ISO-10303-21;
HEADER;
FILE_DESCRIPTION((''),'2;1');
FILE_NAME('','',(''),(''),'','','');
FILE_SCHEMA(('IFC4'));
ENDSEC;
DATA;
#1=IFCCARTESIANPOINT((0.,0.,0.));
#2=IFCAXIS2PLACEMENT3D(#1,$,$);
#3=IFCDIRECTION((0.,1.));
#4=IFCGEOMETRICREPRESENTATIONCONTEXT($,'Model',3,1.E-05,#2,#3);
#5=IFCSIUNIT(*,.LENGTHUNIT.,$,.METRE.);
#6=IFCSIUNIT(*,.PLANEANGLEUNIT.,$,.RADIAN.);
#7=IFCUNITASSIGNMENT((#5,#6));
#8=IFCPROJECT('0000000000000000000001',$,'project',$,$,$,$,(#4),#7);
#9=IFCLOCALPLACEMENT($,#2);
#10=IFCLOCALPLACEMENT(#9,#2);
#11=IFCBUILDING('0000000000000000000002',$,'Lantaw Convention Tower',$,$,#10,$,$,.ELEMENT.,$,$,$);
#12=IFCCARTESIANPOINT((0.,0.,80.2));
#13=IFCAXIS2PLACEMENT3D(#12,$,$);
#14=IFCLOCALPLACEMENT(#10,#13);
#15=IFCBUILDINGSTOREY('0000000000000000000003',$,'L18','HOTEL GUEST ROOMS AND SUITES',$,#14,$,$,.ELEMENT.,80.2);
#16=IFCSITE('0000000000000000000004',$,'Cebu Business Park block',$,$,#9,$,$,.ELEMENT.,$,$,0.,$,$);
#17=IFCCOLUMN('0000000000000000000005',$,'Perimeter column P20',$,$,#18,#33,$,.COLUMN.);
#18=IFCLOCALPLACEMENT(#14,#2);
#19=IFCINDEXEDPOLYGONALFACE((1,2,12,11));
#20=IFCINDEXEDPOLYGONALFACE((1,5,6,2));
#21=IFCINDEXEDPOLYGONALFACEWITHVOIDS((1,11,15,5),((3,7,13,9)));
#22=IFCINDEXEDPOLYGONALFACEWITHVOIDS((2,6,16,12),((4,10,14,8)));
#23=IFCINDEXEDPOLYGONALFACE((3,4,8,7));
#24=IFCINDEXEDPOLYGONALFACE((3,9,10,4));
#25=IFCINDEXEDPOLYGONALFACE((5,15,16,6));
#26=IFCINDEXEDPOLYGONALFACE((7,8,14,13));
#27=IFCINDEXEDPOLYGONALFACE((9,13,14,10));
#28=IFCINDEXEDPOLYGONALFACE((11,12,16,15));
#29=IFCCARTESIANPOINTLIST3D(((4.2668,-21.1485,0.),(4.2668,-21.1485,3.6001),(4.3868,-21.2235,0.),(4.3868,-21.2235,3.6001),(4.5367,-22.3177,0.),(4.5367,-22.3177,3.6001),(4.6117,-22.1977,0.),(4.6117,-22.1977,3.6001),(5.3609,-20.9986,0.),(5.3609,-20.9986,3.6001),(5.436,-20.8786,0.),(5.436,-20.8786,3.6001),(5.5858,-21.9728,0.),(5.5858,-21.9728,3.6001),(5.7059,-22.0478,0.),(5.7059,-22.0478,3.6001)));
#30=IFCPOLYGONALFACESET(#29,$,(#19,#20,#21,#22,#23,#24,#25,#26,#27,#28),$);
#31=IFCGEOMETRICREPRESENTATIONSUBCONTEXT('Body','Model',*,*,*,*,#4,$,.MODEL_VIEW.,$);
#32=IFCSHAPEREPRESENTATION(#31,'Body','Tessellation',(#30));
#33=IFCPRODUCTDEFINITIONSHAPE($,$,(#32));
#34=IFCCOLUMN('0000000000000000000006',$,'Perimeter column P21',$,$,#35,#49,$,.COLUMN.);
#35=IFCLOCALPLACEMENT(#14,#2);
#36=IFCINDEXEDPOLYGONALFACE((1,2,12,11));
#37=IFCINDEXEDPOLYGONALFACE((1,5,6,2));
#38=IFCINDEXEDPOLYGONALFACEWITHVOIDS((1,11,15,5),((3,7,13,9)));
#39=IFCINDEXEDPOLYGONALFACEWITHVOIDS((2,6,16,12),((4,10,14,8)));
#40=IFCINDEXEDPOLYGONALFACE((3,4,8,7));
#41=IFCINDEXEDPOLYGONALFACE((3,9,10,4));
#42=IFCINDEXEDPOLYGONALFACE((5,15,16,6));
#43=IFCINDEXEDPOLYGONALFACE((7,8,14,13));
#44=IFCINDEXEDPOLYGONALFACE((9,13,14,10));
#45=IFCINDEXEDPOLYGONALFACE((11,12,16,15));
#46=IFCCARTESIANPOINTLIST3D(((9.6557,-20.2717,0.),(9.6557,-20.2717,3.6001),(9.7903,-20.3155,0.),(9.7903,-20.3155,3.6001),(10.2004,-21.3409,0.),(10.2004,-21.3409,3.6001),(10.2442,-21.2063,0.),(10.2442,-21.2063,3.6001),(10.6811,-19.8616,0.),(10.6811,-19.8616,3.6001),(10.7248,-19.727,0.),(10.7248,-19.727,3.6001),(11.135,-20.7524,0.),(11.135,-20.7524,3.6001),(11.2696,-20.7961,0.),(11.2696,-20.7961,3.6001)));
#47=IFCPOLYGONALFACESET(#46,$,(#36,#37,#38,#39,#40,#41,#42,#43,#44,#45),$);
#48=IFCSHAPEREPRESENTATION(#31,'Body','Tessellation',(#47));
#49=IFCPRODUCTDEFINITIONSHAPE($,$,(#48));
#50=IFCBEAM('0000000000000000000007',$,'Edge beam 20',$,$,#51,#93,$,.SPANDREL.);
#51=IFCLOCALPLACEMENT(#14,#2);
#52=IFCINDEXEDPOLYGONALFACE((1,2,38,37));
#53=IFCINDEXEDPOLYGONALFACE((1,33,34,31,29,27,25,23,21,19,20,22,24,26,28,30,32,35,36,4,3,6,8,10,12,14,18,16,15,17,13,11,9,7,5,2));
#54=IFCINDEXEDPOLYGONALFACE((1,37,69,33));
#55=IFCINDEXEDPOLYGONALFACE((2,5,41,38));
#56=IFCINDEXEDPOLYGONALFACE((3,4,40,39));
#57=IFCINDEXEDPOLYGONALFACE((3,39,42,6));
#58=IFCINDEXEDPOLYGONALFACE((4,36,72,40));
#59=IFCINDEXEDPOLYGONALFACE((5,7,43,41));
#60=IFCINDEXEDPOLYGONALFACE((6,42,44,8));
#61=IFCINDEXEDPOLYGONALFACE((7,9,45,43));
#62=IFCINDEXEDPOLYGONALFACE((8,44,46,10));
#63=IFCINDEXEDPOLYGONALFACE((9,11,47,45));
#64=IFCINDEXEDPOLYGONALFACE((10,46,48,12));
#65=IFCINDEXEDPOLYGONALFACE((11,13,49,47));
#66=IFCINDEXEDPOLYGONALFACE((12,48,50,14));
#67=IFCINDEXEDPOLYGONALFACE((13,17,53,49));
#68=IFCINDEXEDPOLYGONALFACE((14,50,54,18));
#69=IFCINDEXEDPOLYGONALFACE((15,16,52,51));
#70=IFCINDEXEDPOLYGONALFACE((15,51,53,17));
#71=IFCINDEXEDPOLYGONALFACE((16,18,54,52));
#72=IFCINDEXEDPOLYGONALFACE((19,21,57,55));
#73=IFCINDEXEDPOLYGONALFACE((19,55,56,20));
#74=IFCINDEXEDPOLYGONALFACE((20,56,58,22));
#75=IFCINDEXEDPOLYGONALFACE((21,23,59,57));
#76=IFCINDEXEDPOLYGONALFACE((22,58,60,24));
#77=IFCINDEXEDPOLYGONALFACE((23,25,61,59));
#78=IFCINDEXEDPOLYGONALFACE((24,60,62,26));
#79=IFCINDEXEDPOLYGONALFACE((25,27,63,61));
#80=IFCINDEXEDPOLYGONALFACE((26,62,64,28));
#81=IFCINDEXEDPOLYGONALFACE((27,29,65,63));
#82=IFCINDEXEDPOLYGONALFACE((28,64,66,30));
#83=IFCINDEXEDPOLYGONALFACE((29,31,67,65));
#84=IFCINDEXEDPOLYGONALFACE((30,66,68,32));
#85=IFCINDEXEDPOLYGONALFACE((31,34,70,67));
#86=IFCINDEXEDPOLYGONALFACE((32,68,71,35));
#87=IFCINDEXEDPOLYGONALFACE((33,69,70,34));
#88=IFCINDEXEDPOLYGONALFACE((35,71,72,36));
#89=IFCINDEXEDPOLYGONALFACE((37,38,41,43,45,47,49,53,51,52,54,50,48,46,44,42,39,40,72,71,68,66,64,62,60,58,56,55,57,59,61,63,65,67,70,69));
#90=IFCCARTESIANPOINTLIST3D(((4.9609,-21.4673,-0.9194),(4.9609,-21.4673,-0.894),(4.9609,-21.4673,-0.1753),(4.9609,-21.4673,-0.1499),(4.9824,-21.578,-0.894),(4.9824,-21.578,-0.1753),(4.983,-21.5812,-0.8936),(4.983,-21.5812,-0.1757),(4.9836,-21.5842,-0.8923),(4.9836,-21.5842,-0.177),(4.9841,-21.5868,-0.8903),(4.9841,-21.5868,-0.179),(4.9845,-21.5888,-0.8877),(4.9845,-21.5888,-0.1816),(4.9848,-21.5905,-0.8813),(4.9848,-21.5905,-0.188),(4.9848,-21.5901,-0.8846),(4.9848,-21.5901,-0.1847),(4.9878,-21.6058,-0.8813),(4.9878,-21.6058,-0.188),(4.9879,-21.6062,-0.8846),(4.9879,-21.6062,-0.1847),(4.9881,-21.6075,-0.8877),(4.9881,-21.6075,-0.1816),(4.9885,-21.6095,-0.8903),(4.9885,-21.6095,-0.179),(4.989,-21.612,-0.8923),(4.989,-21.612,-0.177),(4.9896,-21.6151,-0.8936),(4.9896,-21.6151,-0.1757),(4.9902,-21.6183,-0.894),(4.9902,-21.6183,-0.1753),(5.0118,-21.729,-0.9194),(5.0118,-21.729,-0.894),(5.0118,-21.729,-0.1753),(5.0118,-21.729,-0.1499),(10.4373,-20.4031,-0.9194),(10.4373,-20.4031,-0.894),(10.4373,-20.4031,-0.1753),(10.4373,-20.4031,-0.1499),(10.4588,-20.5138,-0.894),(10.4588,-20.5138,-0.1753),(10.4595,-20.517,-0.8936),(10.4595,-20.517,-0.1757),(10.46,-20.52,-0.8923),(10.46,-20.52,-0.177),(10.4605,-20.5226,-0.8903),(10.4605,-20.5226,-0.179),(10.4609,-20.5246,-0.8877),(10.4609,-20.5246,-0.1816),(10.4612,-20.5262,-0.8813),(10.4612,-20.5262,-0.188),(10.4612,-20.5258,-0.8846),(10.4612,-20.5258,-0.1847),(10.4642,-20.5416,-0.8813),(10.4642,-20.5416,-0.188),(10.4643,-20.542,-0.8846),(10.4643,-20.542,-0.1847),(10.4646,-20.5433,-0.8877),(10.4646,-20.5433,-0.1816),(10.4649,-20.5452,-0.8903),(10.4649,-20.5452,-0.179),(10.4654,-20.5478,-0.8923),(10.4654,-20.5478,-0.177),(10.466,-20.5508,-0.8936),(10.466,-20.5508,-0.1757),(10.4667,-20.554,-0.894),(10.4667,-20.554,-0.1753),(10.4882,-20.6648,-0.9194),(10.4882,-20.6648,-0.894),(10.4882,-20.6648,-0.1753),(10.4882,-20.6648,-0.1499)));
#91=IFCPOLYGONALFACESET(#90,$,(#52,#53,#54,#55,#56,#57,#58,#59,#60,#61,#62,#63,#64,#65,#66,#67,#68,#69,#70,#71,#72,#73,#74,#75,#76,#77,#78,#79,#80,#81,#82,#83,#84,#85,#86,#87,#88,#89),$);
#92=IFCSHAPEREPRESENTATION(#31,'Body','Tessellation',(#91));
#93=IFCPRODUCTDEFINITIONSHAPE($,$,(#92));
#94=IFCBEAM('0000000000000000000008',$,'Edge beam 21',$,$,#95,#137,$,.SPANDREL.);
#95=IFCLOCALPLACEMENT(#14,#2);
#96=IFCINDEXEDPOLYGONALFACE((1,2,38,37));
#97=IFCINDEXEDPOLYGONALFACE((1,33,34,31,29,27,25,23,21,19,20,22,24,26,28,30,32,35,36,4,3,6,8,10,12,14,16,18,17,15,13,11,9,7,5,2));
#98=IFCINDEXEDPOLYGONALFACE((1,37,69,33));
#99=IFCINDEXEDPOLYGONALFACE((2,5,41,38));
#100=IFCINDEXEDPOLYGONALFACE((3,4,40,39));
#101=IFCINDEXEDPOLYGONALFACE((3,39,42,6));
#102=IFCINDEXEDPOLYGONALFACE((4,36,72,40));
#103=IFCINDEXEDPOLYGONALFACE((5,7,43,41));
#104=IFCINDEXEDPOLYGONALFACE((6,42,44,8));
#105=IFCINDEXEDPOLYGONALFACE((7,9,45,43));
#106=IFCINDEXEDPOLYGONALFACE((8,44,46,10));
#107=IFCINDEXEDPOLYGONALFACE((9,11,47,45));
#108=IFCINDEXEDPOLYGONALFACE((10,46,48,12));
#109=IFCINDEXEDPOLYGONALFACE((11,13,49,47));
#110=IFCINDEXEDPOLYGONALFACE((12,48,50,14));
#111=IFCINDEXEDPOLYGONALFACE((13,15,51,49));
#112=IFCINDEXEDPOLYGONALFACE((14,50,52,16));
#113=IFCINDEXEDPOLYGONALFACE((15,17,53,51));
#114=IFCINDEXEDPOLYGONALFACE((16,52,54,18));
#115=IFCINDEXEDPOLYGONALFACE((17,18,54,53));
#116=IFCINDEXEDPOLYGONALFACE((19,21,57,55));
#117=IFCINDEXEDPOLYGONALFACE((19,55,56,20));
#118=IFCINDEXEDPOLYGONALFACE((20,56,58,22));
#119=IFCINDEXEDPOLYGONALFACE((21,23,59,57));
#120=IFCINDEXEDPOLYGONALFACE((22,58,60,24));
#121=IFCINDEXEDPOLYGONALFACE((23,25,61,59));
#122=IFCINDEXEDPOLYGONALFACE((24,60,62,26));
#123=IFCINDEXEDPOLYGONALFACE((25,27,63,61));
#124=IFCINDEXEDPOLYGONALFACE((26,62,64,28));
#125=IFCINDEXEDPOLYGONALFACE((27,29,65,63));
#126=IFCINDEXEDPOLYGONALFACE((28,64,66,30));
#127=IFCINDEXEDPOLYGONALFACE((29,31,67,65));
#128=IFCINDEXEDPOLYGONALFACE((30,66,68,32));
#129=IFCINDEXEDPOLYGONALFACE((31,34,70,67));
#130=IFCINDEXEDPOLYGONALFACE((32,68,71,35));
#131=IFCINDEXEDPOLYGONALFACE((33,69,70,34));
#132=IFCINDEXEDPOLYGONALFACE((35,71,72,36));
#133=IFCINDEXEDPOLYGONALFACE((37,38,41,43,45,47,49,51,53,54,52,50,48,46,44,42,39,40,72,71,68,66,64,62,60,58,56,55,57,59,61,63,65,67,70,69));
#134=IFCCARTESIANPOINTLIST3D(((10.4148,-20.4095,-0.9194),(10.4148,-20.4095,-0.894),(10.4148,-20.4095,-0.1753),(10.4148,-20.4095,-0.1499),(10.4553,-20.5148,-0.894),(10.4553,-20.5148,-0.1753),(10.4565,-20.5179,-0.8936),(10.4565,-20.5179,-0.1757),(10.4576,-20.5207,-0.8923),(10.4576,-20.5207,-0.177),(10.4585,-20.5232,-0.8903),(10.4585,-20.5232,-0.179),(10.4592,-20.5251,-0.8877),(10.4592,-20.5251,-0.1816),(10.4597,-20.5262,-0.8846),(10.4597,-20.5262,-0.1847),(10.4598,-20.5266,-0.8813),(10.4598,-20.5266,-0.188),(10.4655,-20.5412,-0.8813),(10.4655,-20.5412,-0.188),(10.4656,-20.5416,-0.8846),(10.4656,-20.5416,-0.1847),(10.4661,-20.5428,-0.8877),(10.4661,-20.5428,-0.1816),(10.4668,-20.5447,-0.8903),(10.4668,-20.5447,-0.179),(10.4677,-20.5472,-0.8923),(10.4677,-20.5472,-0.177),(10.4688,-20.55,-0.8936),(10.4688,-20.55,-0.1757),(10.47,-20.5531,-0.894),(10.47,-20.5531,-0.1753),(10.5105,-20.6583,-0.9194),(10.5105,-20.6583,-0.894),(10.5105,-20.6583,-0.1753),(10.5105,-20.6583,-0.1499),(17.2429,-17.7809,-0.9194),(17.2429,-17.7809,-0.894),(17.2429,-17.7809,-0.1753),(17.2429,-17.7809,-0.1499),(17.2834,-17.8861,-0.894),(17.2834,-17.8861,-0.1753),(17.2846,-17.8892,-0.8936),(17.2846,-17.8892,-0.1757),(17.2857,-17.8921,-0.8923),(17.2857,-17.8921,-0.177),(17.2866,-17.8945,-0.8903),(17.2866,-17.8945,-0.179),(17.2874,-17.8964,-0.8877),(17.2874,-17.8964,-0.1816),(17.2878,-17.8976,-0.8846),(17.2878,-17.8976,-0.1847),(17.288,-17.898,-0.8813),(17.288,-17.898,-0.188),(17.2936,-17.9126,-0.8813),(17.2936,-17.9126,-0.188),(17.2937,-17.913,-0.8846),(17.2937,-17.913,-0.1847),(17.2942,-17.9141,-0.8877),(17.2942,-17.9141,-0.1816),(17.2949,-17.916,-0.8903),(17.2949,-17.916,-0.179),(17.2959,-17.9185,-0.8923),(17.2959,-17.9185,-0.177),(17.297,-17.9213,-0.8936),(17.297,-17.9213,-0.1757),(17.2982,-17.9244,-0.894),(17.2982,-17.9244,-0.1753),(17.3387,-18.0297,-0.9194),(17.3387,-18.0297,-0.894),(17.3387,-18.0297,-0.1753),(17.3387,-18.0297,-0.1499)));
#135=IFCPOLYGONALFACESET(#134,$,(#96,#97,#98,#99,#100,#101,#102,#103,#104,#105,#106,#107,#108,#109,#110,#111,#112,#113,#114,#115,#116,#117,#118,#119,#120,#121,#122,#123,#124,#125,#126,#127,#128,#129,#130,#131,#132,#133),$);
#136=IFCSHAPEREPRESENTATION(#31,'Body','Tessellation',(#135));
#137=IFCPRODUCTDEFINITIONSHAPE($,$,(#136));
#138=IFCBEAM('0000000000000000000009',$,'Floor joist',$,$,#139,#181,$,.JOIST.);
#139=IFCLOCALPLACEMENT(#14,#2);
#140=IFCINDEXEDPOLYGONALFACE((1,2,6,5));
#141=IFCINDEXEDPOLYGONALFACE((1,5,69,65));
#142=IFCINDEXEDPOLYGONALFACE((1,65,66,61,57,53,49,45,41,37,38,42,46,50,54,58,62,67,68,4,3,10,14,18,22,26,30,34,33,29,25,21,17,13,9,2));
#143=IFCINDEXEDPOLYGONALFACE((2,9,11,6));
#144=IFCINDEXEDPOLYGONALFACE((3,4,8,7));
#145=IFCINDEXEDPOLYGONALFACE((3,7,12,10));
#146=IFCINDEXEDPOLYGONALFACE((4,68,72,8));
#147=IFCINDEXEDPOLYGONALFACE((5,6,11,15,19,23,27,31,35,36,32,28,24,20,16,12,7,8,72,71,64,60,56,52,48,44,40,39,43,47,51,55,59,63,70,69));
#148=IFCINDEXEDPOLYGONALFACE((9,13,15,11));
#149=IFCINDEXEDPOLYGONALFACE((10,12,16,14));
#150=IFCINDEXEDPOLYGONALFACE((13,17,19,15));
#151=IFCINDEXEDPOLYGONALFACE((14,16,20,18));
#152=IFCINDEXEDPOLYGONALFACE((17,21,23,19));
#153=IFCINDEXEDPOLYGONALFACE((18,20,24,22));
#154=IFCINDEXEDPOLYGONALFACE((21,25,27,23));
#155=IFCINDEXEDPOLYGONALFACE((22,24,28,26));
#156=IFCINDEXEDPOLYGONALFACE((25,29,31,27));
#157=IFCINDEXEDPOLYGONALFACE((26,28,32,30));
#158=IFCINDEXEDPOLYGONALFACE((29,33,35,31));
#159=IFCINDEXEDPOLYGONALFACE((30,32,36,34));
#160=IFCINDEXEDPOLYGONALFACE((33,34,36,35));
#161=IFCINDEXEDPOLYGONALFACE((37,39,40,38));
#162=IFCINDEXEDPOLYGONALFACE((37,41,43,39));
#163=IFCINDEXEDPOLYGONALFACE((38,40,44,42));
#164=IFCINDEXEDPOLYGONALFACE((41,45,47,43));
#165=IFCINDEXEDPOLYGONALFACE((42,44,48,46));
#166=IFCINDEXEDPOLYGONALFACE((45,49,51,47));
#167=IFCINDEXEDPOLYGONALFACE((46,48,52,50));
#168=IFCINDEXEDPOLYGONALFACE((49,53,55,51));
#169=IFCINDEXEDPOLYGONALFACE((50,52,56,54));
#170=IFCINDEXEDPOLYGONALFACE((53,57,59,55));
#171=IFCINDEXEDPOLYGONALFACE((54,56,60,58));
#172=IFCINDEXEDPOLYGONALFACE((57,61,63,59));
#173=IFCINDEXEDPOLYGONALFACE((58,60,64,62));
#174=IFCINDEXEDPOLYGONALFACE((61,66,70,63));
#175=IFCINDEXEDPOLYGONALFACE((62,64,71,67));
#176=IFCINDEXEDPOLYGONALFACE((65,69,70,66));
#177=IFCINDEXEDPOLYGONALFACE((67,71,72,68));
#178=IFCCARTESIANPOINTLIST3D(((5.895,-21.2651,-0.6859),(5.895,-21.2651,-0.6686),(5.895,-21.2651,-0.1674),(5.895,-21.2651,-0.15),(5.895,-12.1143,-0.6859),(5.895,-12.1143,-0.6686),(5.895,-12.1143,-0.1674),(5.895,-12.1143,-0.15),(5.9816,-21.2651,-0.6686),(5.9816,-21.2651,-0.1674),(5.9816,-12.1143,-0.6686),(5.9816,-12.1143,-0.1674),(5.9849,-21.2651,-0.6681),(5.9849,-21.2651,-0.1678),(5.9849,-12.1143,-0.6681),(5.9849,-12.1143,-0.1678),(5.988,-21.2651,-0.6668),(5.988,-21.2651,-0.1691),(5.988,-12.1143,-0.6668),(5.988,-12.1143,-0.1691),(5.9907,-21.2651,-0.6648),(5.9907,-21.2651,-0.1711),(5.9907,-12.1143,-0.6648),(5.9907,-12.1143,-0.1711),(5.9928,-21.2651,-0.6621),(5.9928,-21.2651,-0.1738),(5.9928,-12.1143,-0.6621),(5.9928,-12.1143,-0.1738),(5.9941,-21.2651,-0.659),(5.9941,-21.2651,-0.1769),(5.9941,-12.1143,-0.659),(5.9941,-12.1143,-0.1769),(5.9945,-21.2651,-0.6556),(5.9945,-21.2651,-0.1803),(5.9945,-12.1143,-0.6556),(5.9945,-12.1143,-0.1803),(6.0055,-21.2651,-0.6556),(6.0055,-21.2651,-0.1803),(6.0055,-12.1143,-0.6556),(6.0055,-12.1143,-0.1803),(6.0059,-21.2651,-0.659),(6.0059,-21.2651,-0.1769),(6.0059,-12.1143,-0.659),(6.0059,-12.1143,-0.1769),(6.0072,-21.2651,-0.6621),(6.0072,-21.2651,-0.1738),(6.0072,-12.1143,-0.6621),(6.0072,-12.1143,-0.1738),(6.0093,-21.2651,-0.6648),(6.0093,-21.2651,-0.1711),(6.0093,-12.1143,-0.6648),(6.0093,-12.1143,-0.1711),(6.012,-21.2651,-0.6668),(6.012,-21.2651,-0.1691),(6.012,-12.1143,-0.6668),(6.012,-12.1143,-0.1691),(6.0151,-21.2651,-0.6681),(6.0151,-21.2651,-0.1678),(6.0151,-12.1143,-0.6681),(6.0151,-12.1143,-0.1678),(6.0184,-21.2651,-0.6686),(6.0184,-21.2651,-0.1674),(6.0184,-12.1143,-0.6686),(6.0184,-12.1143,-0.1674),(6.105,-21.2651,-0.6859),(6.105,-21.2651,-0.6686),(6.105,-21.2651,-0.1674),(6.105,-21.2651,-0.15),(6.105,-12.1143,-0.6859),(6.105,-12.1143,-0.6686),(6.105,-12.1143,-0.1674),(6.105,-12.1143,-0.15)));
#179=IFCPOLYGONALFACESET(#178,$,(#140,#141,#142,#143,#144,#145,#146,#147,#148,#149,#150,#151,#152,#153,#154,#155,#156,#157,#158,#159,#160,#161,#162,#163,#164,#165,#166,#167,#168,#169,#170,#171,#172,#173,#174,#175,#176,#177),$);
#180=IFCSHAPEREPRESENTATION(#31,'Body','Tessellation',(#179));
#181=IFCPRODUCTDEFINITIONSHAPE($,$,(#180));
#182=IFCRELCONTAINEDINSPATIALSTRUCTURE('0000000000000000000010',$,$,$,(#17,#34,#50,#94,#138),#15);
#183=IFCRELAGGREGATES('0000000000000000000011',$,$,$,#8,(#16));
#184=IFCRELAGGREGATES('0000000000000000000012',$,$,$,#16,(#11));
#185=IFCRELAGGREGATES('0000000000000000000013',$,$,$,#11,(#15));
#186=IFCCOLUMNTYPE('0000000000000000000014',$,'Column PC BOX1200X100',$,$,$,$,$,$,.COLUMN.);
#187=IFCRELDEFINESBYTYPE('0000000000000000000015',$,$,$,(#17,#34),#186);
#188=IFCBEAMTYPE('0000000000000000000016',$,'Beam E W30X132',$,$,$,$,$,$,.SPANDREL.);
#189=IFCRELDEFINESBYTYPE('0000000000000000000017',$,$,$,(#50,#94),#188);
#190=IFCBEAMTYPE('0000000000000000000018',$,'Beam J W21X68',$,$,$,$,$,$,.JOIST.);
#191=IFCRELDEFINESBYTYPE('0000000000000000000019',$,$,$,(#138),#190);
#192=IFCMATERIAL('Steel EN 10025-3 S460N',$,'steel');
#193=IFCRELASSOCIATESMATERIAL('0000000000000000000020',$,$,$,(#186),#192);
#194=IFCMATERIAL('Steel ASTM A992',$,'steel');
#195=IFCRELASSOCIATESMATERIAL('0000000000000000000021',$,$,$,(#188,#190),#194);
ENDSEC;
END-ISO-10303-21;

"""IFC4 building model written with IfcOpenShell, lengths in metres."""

from ifc_helpers import new_model, si_unit, direction, frame, origin, origin_2d, place, context, subcontext, project, spatial, rectangle, hollow_rectangle, i_section, extrude, material, material_profile, profile_set, type_object, element, save


model = new_model("IFC4")

# Units and contexts
model_context = context("Model", 3, precision=1e-05, world=origin(), true_north=direction((0.0, 1.0)))
body_context = subcontext(model_context, "Body", "Model", "MODEL_VIEW")
ifc_project = project(units=[si_unit("LENGTHUNIT", "METRE"), si_unit("PLANEANGLEUNIT", "RADIAN")], contexts=[model_context])

# Site, building, storey
site_placement = place(None, origin())
site = spatial("IfcSite", under=ifc_project, at=site_placement, Name="Cebu Business Park block", CompositionType="ELEMENT", RefElevation=0.0)
building_placement = place(site_placement, origin())
building = spatial("IfcBuilding", under=site, at=building_placement, Name="Lantaw Convention Tower", CompositionType="ELEMENT")
storey_placement = place(building_placement, frame((0.0, 0.0, 80.2)))
storey = spatial("IfcBuildingStorey", under=building, at=storey_placement, Name="L18", Description="HOTEL GUEST ROOMS AND SUITES", CompositionType="ELEMENT", Elevation=80.2)

# Columns
ifc_material_1 = material(Name="Steel EN 10025-3 S460N", Category="steel")
ifc_material_profile_1 = material_profile(ifc_material_1, hollow_rectangle(XDim=1.2, YDim=1.2, WallThickness=0.1001, at=origin_2d()), Name="BOX1200X100")
ifc_material_2 = material(Name="Concrete C60/75", Category="concrete")
ifc_material_profile_2 = material_profile(ifc_material_2, rectangle(XDim=1.0, YDim=1.0, at=origin_2d()), Name="Concrete fill of BOX1200X100")
ifc_profile_set_1 = profile_set([ifc_material_profile_1, ifc_material_profile_2], Name="Steel EN 10025-3 S460N")
column_type = type_object("IfcColumnType", Name="Column PC BOX1200X100", PredefinedType="COLUMN", material=ifc_profile_set_1)
for number, where, z_axis, x_axis, name in (
    (1, (4.9863, -21.5981, 0.0), (0.0, 0.0, 1.0), (0.97437, 0.224951, 0.0), "Perimeter column P20"),
    (2, (10.4626, -20.5339, 0.0), (0.0, 0.0, 1.0), (0.891007, 0.45399, 0.0), "Perimeter column P21"),
):
    element("IfcColumn", number, at=place(storey_placement, frame(where, z_axis=z_axis, x_axis=x_axis)), inside=storey, type_object=column_type, Name=name, PredefinedType="COLUMN", context=body_context, shape_type="SweptSolid", body=[
        extrude(hollow_rectangle(XDim=1.2, YDim=1.2, WallThickness=0.1001, at=origin_2d()), origin(), (0.0, 0.0, 1.0), 3.6001),
    ])

# Beams
ifc_material_3 = material(Name="Steel ASTM A992", Category="steel")
ifc_material_profile_3 = material_profile(ifc_material_3, i_section(OverallWidth=0.2666, OverallDepth=0.7695, WebThickness=0.0156, FlangeThickness=0.0254, FilletRadius=0.0127, at=origin_2d()), Name="W30X132")
ifc_profile_set_2 = profile_set([ifc_material_profile_3], Name="Steel ASTM A992")
beam_type_1 = type_object("IfcBeamType", Name="Beam E W30X132", PredefinedType="SPANDREL", material=ifc_profile_set_2)
beam_1_placement = place(storey_placement, frame((4.9863, -21.5981, -0.5347), z_axis=(0.981637, 0.190761, 0.0), x_axis=(-0.190761, 0.981637, 0.0)))
element("IfcBeam", 3, at=beam_1_placement, inside=storey, type_object=beam_type_1, Name="Edge beam 20", PredefinedType="SPANDREL", context=body_context, shape_type="SweptSolid", body=[
    extrude(i_section(OverallWidth=0.2666, OverallDepth=0.7695, WebThickness=0.0156, FlangeThickness=0.0254, FilletRadius=0.0127, at=origin_2d()), origin(), (0.0, 0.0, 1.0), 5.5789),
])
beam_2_placement = place(storey_placement, frame((10.4626, -20.5339, -0.5347), z_axis=(0.933233, 0.359272, 0.0), x_axis=(-0.359272, 0.933233, 0.0)))
element("IfcBeam", 4, at=beam_2_placement, inside=storey, type_object=beam_type_1, Name="Edge beam 21", PredefinedType="SPANDREL", context=body_context, shape_type="SweptSolid", body=[
    extrude(i_section(OverallWidth=0.2666, OverallDepth=0.7695, WebThickness=0.0156, FlangeThickness=0.0254, FilletRadius=0.0127, at=origin_2d()), origin(), (0.0, 0.0, 1.0), 7.3167),
])
ifc_material_profile_4 = material_profile(ifc_material_3, i_section(OverallWidth=0.21, OverallDepth=0.5359, WebThickness=0.011, FlangeThickness=0.0173, FilletRadius=0.0129, at=origin_2d()), Name="W21X68")
ifc_profile_set_3 = profile_set([ifc_material_profile_4], Name="Steel ASTM A992")
beam_type_2 = type_object("IfcBeamType", Name="Beam J W21X68", PredefinedType="JOIST", material=ifc_profile_set_3)
beam_3_placement = place(storey_placement, frame((6.0, -21.2651, -0.418), z_axis=(0.0, 1.0, 0.0), x_axis=(-1.0, 0.0, 0.0)))
element("IfcBeam", 5, at=beam_3_placement, inside=storey, type_object=beam_type_2, Name="Floor joist", PredefinedType="JOIST", context=body_context, shape_type="SweptSolid", body=[
    extrude(i_section(OverallWidth=0.21, OverallDepth=0.5359, WebThickness=0.011, FlangeThickness=0.0173, FilletRadius=0.0129, at=origin_2d()), origin(), (0.0, 0.0, 1.0), 9.1509),
])

save(model, "model.ifc")
